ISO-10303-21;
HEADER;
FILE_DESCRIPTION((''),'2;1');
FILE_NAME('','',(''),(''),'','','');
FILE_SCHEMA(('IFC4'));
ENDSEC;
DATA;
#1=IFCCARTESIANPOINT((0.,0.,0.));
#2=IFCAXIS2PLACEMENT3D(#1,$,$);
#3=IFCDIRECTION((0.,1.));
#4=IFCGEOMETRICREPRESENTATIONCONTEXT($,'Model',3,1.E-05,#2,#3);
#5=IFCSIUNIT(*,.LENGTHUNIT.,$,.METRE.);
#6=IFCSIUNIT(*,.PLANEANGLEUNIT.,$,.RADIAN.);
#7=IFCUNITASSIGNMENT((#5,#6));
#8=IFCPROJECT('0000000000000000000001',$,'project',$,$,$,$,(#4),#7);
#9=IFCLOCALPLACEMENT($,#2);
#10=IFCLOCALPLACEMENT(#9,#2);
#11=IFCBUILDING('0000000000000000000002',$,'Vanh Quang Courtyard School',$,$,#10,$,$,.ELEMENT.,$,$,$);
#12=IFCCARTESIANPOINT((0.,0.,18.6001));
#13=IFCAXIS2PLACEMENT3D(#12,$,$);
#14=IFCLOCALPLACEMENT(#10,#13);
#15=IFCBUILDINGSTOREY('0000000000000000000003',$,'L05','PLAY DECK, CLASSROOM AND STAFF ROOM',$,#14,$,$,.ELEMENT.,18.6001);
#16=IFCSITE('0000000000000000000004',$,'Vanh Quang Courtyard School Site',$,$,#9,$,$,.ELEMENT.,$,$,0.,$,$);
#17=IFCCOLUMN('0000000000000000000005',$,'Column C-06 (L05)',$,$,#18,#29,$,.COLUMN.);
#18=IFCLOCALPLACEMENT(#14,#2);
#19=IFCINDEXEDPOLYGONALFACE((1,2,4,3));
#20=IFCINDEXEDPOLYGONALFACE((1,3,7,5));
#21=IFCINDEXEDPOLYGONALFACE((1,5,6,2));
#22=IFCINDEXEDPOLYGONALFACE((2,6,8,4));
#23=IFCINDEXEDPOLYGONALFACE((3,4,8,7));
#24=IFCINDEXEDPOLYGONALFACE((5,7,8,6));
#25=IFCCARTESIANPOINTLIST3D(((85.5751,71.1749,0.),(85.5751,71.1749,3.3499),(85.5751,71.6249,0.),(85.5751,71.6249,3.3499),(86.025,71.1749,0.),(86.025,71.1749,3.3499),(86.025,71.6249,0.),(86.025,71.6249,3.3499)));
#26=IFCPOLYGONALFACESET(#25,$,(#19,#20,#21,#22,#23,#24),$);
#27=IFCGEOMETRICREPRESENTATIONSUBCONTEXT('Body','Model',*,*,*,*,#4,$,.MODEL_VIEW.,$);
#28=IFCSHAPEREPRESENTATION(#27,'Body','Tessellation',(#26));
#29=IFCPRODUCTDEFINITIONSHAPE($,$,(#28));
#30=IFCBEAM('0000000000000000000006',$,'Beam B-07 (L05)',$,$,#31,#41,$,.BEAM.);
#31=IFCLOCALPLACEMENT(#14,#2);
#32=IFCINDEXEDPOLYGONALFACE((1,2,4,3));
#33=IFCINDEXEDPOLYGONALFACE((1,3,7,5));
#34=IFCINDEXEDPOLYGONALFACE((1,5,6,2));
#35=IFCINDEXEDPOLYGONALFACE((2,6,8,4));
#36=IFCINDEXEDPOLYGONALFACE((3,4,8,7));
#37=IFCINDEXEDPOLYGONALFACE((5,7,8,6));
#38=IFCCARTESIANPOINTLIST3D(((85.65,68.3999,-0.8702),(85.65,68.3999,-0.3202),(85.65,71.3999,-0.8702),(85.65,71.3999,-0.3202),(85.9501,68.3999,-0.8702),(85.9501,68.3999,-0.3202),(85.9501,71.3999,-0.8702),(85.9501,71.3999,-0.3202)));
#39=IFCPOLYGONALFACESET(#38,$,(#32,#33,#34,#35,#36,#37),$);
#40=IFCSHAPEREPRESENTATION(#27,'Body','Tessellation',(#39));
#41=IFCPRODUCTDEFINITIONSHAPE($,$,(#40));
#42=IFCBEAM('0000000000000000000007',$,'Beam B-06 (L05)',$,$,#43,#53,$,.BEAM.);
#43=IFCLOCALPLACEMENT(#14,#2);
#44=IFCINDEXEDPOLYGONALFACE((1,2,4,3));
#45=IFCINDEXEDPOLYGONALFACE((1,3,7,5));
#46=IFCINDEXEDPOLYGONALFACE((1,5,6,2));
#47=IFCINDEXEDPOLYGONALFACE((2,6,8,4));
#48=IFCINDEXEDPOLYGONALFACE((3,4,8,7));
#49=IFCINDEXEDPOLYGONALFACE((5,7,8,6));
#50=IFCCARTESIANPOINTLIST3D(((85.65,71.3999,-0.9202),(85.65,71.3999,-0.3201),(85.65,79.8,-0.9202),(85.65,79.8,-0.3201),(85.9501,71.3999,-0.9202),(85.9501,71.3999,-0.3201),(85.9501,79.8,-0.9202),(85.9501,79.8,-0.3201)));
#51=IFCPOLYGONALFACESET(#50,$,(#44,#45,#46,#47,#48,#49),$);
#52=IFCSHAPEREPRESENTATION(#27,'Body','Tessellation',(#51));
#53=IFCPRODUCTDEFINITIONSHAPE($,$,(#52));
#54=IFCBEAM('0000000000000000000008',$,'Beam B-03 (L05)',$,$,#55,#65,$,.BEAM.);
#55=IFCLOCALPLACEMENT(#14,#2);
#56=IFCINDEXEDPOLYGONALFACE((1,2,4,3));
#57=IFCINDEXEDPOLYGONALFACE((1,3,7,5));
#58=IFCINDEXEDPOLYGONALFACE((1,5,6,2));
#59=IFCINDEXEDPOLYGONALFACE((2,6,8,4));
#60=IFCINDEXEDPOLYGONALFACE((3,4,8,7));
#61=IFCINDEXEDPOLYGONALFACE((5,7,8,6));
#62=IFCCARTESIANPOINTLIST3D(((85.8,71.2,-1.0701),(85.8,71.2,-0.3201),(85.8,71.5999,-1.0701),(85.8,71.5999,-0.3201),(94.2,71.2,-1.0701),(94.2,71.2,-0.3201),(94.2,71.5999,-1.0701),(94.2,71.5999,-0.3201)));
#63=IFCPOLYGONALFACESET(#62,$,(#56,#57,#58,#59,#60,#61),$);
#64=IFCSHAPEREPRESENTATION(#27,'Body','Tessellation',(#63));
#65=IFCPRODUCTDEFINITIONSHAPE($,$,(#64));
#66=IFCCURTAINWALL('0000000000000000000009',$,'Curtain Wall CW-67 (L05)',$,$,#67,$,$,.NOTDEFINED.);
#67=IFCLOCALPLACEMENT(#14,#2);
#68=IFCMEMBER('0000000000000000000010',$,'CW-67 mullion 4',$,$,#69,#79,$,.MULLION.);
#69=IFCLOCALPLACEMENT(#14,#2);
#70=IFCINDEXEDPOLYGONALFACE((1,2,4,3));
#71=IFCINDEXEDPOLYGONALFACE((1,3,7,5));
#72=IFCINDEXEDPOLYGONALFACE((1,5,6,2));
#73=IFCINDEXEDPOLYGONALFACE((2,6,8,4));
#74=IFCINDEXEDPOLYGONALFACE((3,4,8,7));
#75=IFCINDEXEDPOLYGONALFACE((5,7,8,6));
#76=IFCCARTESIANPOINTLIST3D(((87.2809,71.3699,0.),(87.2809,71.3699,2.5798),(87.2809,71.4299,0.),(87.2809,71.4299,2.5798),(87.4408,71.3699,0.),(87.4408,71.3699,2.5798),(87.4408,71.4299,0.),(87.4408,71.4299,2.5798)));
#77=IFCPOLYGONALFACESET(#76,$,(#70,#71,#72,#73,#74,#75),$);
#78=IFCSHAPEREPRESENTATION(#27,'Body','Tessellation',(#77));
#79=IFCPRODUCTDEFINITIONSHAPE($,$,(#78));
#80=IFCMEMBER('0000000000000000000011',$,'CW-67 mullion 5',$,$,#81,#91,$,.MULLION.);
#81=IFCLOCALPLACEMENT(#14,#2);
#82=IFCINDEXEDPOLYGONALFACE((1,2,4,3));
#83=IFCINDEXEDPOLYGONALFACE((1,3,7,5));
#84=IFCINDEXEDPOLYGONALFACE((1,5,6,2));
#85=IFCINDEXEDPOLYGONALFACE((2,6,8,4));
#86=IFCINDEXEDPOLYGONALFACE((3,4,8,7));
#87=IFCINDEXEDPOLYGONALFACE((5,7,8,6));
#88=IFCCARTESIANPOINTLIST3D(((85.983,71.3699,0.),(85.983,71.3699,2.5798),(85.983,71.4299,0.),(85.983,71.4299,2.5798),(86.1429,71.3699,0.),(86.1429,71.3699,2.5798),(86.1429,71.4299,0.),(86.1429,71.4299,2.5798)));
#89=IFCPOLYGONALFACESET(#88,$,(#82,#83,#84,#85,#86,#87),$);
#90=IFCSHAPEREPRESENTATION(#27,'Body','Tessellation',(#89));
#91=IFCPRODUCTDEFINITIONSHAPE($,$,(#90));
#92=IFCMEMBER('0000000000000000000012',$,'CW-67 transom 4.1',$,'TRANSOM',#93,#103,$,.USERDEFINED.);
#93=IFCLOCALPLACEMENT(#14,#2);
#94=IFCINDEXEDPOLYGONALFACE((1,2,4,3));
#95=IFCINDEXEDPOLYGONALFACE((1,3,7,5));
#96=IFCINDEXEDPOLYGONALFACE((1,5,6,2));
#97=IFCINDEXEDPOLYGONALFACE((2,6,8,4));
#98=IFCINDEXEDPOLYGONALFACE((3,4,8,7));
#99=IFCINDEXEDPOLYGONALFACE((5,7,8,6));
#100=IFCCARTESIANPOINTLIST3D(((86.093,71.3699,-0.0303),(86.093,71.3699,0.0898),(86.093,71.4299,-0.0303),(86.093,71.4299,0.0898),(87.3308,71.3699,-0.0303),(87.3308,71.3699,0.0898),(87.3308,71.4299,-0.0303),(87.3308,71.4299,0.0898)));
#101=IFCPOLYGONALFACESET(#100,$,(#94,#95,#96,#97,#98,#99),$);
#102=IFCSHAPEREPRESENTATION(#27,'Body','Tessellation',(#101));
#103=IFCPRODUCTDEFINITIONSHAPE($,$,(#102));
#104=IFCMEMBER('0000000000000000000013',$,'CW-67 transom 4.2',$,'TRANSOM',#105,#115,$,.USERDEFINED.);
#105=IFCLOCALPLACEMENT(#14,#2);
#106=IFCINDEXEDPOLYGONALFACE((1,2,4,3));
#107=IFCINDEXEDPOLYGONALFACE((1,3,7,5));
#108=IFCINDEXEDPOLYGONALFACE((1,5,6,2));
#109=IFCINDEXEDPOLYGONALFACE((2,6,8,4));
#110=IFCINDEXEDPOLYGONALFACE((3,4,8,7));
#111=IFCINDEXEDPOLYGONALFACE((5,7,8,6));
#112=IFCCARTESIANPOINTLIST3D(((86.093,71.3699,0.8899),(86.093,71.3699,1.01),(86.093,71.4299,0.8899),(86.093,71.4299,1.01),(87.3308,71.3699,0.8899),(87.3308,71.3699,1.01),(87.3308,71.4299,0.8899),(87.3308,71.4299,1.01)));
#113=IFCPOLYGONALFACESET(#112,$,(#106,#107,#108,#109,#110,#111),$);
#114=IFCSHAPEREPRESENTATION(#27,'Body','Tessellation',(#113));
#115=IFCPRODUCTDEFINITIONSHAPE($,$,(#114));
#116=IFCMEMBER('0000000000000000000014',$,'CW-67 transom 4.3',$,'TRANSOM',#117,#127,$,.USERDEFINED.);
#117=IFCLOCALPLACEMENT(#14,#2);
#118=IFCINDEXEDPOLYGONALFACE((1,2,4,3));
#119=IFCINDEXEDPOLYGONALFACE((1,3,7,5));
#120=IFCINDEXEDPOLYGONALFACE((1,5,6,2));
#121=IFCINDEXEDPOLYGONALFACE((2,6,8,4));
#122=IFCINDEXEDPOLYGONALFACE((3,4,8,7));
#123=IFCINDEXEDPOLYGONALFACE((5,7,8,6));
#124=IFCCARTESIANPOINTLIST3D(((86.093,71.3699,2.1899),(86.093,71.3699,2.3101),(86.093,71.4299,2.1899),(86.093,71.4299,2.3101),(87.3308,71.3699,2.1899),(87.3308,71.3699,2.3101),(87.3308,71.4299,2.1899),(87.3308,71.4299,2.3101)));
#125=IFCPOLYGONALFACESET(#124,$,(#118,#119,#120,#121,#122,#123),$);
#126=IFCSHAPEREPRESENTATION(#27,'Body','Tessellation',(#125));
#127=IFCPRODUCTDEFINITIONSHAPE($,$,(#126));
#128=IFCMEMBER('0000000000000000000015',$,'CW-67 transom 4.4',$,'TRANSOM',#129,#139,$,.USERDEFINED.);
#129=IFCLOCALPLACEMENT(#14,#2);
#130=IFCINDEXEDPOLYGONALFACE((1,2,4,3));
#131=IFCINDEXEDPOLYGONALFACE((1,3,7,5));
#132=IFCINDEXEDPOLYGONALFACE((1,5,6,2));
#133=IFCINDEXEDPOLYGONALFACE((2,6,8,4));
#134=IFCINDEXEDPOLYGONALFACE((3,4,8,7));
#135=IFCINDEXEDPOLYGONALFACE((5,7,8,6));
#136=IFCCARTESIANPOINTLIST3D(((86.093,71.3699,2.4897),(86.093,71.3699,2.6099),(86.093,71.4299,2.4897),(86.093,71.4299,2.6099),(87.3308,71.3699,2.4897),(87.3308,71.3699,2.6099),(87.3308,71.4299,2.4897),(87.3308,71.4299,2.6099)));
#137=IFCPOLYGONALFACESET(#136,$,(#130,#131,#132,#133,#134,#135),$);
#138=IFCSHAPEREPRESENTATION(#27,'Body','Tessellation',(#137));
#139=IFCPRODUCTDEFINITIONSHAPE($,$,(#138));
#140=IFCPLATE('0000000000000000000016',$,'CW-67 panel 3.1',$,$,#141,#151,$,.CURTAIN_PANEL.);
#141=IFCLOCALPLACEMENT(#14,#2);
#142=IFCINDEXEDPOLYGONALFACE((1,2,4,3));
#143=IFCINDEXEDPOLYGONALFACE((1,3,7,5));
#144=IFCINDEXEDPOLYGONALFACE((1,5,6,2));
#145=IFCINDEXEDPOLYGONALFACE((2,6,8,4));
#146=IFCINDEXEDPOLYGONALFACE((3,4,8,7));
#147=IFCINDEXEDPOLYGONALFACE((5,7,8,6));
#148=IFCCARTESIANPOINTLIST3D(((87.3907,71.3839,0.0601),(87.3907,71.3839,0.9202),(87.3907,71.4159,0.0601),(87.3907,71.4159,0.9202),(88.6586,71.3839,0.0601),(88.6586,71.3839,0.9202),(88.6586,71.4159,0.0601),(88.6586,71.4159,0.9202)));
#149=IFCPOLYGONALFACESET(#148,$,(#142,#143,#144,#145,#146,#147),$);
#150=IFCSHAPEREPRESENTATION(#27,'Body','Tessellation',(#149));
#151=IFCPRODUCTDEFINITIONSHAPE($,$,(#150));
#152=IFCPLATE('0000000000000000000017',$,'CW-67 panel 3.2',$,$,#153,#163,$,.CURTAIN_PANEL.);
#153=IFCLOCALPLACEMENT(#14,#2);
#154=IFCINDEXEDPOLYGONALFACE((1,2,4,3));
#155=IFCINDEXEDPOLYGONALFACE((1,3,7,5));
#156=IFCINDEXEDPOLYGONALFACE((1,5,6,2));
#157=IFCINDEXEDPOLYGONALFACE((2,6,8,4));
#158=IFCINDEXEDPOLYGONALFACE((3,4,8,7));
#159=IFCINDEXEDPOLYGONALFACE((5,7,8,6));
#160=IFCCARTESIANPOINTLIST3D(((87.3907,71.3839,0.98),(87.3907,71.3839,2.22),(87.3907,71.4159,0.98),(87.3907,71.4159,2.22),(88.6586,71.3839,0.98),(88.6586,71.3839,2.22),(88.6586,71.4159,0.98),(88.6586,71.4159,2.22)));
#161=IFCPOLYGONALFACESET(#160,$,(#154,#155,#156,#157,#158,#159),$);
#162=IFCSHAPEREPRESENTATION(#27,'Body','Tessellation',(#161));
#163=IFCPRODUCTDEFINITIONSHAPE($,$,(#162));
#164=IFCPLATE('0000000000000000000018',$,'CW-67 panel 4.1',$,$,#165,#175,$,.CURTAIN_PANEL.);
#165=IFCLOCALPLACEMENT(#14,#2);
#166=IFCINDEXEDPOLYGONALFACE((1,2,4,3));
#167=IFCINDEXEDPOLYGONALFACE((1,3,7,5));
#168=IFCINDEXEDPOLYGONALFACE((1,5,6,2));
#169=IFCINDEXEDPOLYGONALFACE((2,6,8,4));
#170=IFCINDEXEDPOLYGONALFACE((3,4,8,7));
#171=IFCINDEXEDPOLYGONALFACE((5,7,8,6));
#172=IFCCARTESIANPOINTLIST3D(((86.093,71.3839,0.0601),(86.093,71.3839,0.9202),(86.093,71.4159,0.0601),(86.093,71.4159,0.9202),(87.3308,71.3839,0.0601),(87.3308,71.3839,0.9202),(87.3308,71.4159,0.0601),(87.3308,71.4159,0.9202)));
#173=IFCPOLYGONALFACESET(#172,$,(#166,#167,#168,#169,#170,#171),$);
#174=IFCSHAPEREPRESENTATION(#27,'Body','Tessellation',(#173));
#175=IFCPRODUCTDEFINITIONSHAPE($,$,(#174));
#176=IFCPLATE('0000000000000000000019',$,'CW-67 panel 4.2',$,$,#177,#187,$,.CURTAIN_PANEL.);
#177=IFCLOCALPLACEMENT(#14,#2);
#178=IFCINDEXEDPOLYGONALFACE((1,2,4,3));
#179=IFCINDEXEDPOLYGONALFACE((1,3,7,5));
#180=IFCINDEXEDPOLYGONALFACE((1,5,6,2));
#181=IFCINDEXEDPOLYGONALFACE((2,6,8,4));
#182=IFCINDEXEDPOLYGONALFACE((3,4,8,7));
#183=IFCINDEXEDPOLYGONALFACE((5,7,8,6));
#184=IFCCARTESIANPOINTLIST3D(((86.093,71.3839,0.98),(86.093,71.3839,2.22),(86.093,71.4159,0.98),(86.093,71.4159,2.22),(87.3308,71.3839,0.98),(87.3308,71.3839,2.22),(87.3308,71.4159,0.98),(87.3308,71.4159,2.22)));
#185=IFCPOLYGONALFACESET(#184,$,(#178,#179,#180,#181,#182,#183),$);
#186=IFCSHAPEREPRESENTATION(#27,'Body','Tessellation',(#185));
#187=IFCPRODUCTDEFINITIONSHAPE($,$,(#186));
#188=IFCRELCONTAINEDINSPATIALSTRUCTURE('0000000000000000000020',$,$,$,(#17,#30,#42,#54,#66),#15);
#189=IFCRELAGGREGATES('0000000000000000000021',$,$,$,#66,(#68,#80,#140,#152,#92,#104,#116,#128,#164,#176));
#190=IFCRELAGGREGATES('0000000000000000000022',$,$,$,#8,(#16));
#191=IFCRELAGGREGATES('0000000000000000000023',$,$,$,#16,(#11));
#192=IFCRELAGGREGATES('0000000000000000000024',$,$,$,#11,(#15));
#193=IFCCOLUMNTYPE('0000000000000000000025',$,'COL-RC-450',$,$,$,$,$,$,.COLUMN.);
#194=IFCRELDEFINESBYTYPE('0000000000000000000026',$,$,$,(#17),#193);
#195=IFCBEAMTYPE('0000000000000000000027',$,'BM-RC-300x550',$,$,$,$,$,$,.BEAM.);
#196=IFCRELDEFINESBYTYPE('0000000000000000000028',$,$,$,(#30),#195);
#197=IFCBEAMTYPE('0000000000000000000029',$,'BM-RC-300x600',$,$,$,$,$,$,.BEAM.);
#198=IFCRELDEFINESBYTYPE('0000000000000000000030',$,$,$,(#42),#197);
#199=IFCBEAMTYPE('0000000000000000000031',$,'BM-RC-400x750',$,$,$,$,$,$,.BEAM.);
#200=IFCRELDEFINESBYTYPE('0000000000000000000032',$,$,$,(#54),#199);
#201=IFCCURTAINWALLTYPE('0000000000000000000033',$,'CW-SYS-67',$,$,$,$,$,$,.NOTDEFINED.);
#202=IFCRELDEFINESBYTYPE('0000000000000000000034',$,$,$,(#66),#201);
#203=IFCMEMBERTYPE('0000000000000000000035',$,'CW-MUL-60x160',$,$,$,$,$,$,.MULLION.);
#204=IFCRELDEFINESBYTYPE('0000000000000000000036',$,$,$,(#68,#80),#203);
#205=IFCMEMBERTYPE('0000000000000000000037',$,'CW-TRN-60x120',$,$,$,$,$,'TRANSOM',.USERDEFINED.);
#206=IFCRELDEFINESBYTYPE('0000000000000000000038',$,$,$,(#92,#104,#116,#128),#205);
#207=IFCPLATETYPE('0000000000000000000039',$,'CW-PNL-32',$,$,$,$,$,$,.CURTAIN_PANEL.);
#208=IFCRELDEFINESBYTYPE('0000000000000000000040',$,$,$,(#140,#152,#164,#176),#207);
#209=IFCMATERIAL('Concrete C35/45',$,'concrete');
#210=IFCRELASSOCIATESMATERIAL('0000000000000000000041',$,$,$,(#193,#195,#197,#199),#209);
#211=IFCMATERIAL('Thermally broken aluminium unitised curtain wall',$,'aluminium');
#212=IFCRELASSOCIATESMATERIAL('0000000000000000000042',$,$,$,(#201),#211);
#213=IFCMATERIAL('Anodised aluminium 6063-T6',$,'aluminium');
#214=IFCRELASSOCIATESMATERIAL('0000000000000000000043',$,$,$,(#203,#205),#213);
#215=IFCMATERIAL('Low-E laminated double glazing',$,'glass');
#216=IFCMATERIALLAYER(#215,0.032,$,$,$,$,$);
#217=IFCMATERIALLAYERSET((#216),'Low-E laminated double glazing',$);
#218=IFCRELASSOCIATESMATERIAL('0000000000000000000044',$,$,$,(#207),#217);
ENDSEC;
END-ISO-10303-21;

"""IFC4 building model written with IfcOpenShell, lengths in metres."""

from ifc_helpers import new_model, si_unit, direction, frame, origin, origin_2d, place, context, subcontext, project, spatial, rectangle, extrude, material, layer, layer_set, material_profile, profile_set, type_object, element, aggregate, save


model = new_model("IFC4")

# Units and contexts
model_context = context("Model", 3, precision=1e-05, world=origin(), true_north=direction((0.0, 1.0)))
body_context = subcontext(model_context, "Body", "Model", "MODEL_VIEW")
ifc_project = project(units=[si_unit("LENGTHUNIT", "METRE"), si_unit("PLANEANGLEUNIT", "RADIAN")], contexts=[model_context])

# Site, building, storey
site_placement = place(None, origin())
site = spatial("IfcSite", under=ifc_project, at=site_placement, Name="Vanh Quang Courtyard School Site", CompositionType="ELEMENT", RefElevation=0.0)
building_placement = place(site_placement, origin())
building = spatial("IfcBuilding", under=site, at=building_placement, Name="Vanh Quang Courtyard School", CompositionType="ELEMENT")
storey_placement = place(building_placement, frame((0.0, 0.0, 18.6001)))
storey = spatial("IfcBuildingStorey", under=building, at=storey_placement, Name="L05", Description="PLAY DECK, CLASSROOM AND STAFF ROOM", CompositionType="ELEMENT", Elevation=18.6001)

# Column
ifc_material_1 = material(Name="Concrete C35/45", Category="concrete")
ifc_material_profile_1 = material_profile(ifc_material_1, rectangle(XDim=0.45, YDim=0.45, at=origin_2d()), Name="RC-COL 450x450")
ifc_profile_set_1 = profile_set([ifc_material_profile_1], Name="Concrete C35/45")
column_type = type_object("IfcColumnType", Name="COL-RC-450", PredefinedType="COLUMN", material=ifc_profile_set_1)
column_placement = place(storey_placement, frame((85.8, 71.3999, 0.0), z_axis=(0.0, 0.0, 1.0), x_axis=(1.0, 0.0, 0.0)))
element("IfcColumn", 1, at=column_placement, inside=storey, type_object=column_type, Name="Column C-06 (L05)", PredefinedType="COLUMN", context=body_context, shape_type="SweptSolid", body=[
    extrude(rectangle(XDim=0.45, YDim=0.45, at=origin_2d()), origin(), (0.0, 0.0, 1.0), 3.3499),
])

# Beams
ifc_material_profile_2 = material_profile(ifc_material_1, rectangle(XDim=0.3, YDim=0.55, at=origin_2d()), Name="RC-BM 300x550")
ifc_profile_set_2 = profile_set([ifc_material_profile_2], Name="Concrete C35/45")
beam_type_1 = type_object("IfcBeamType", Name="BM-RC-300x550", PredefinedType="BEAM", material=ifc_profile_set_2)
beam_1_placement = place(storey_placement, frame((85.8, 68.3999, -0.5952), z_axis=(0.0, 1.0, 0.0), x_axis=(-1.0, 0.0, 0.0)))
element("IfcBeam", 2, at=beam_1_placement, inside=storey, type_object=beam_type_1, Name="Beam B-07 (L05)", PredefinedType="BEAM", context=body_context, shape_type="SweptSolid", body=[
    extrude(rectangle(XDim=0.3, YDim=0.55, at=origin_2d()), origin(), (0.0, 0.0, 1.0), 3.0),
])
ifc_material_profile_3 = material_profile(ifc_material_1, rectangle(XDim=0.3, YDim=0.6001, at=origin_2d()), Name="RC-BM 300x600")
ifc_profile_set_3 = profile_set([ifc_material_profile_3], Name="Concrete C35/45")
beam_type_2 = type_object("IfcBeamType", Name="BM-RC-300x600", PredefinedType="BEAM", material=ifc_profile_set_3)
beam_2_placement = place(storey_placement, frame((85.8, 71.3999, -0.6201), z_axis=(0.0, 1.0, 0.0), x_axis=(-1.0, 0.0, 0.0)))
element("IfcBeam", 3, at=beam_2_placement, inside=storey, type_object=beam_type_2, Name="Beam B-06 (L05)", PredefinedType="BEAM", context=body_context, shape_type="SweptSolid", body=[
    extrude(rectangle(XDim=0.3, YDim=0.6001, at=origin_2d()), origin(), (0.0, 0.0, 1.0), 8.4001),
])
ifc_material_profile_4 = material_profile(ifc_material_1, rectangle(XDim=0.3999, YDim=0.75, at=origin_2d()), Name="RC-BM 400x750")
ifc_profile_set_4 = profile_set([ifc_material_profile_4], Name="Concrete C35/45")
beam_type_3 = type_object("IfcBeamType", Name="BM-RC-400x750", PredefinedType="BEAM", material=ifc_profile_set_4)
beam_3_placement = place(storey_placement, frame((85.8, 71.3999, -0.6951), z_axis=(1.0, 0.0, 0.0), x_axis=(0.0, 1.0, 0.0)))
element("IfcBeam", 4, at=beam_3_placement, inside=storey, type_object=beam_type_3, Name="Beam B-03 (L05)", PredefinedType="BEAM", context=body_context, shape_type="SweptSolid", body=[
    extrude(rectangle(XDim=0.3999, YDim=0.75, at=origin_2d()), origin(), (0.0, 0.0, 1.0), 8.3999),
])

# Curtain wall, members, plates
ifc_material_2 = material(Name="Thermally broken aluminium unitised curtain wall", Category="aluminium")
curtain_wall_type = type_object("IfcCurtainWallType", Name="CW-SYS-67", PredefinedType="NOTDEFINED", material=ifc_material_2)
curtain_wall_placement = place(storey_placement, origin())
curtain_wall = element("IfcCurtainWall", 5, at=curtain_wall_placement, inside=storey, type_object=curtain_wall_type, Name="Curtain Wall CW-67 (L05)", PredefinedType="NOTDEFINED")
ifc_material_3 = material(Name="Anodised aluminium 6063-T6", Category="aluminium")
ifc_material_profile_5 = material_profile(ifc_material_3, rectangle(XDim=0.0601, YDim=0.1599, at=origin_2d()), Name="ALU-MUL 60x160")
ifc_profile_set_5 = profile_set([ifc_material_profile_5], Name="Anodised aluminium 6063-T6")
member_type_1 = type_object("IfcMemberType", Name="CW-MUL-60x160", PredefinedType="MULLION", material=ifc_profile_set_5)
member_1_placement = place(storey_placement, frame((87.3608, 71.3999, 0.0), z_axis=(0.0, 0.0, 1.0), x_axis=(0.0, -1.0, 0.0)))
member_1 = element("IfcMember", 6, at=member_1_placement, type_object=member_type_1, Name="CW-67 mullion 4", PredefinedType="MULLION", context=body_context, shape_type="SweptSolid", body=[
    extrude(rectangle(XDim=0.0601, YDim=0.1599, at=origin_2d()), origin(), (0.0, 0.0, 1.0), 2.5798),
])
member_2_placement = place(storey_placement, frame((86.063, 71.3999, 0.0), z_axis=(0.0, 0.0, 1.0), x_axis=(0.0, -1.0, 0.0)))
member_2 = element("IfcMember", 7, at=member_2_placement, type_object=member_type_1, Name="CW-67 mullion 5", PredefinedType="MULLION", context=body_context, shape_type="SweptSolid", body=[
    extrude(rectangle(XDim=0.0601, YDim=0.1599, at=origin_2d()), origin(), (0.0, 0.0, 1.0), 2.5798),
])
ifc_material_profile_6 = material_profile(ifc_material_3, rectangle(XDim=0.0601, YDim=0.1201, at=origin_2d()), Name="ALU-TRN 60x120")
ifc_profile_set_6 = profile_set([ifc_material_profile_6], Name="Anodised aluminium 6063-T6")
member_type_2 = type_object("IfcMemberType", Name="CW-TRN-60x120", ElementType="TRANSOM", PredefinedType="USERDEFINED", material=ifc_profile_set_6)
member_3_placement = place(storey_placement, frame((87.3308, 71.3999, 0.0298), z_axis=(-1.0, 0.0, 0.0), x_axis=(0.0, -1.0, 0.0)))
member_3 = element("IfcMember", 8, at=member_3_placement, type_object=member_type_2, Name="CW-67 transom 4.1", ObjectType="TRANSOM", PredefinedType="USERDEFINED", context=body_context, shape_type="SweptSolid", body=[
    extrude(rectangle(XDim=0.0601, YDim=0.1201, at=origin_2d()), origin(), (0.0, 0.0, 1.0), 1.2378),
])
member_4_placement = place(storey_placement, frame((87.3308, 71.3999, 0.95), z_axis=(-1.0, 0.0, 0.0), x_axis=(0.0, -1.0, 0.0)))
member_4 = element("IfcMember", 9, at=member_4_placement, type_object=member_type_2, Name="CW-67 transom 4.2", ObjectType="TRANSOM", PredefinedType="USERDEFINED", context=body_context, shape_type="SweptSolid", body=[
    extrude(rectangle(XDim=0.0601, YDim=0.1201, at=origin_2d()), origin(), (0.0, 0.0, 1.0), 1.2378),
])
member_5_placement = place(storey_placement, frame((87.3308, 71.3999, 2.25), z_axis=(-1.0, 0.0, 0.0), x_axis=(0.0, -1.0, 0.0)))
member_5 = element("IfcMember", 10, at=member_5_placement, type_object=member_type_2, Name="CW-67 transom 4.3", ObjectType="TRANSOM", PredefinedType="USERDEFINED", context=body_context, shape_type="SweptSolid", body=[
    extrude(rectangle(XDim=0.0601, YDim=0.1201, at=origin_2d()), origin(), (0.0, 0.0, 1.0), 1.2378),
])
member_6_placement = place(storey_placement, frame((87.3308, 71.3999, 2.5498), z_axis=(-1.0, 0.0, 0.0), x_axis=(0.0, -1.0, 0.0)))
member_6 = element("IfcMember", 11, at=member_6_placement, type_object=member_type_2, Name="CW-67 transom 4.4", ObjectType="TRANSOM", PredefinedType="USERDEFINED", context=body_context, shape_type="SweptSolid", body=[
    extrude(rectangle(XDim=0.0601, YDim=0.1201, at=origin_2d()), origin(), (0.0, 0.0, 1.0), 1.2378),
])
ifc_material_4 = material(Name="Low-E laminated double glazing", Category="glass")
ifc_layer_1 = layer(ifc_material_4, 0.032)
ifc_layer_set_1 = layer_set([ifc_layer_1], Name="Low-E laminated double glazing")
plate_type = type_object("IfcPlateType", Name="CW-PNL-32", PredefinedType="CURTAIN_PANEL", material=ifc_layer_set_1)
plate_1_placement = place(storey_placement, frame((88.0247, 71.3999, 0.0601), z_axis=(0.0, 0.0, 1.0), x_axis=(-1.0, 0.0, 0.0)))
plate_1 = element("IfcPlate", 12, at=plate_1_placement, type_object=plate_type, Name="CW-67 panel 3.1", PredefinedType="CURTAIN_PANEL", context=body_context, shape_type="SweptSolid", body=[
    extrude(rectangle(XDim=1.2678, YDim=0.032, at=origin_2d()), origin(), (0.0, 0.0, 1.0), 0.8601),
])
plate_2_placement = place(storey_placement, frame((88.0247, 71.3999, 0.98), z_axis=(0.0, 0.0, 1.0), x_axis=(-1.0, 0.0, 0.0)))
plate_2 = element("IfcPlate", 13, at=plate_2_placement, type_object=plate_type, Name="CW-67 panel 3.2", PredefinedType="CURTAIN_PANEL", context=body_context, shape_type="SweptSolid", body=[
    extrude(rectangle(XDim=1.2678, YDim=0.032, at=origin_2d()), origin(), (0.0, 0.0, 1.0), 1.24),
])
plate_3_placement = place(storey_placement, frame((86.7119, 71.3999, 0.0601), z_axis=(0.0, 0.0, 1.0), x_axis=(-1.0, 0.0, 0.0)))
plate_3 = element("IfcPlate", 14, at=plate_3_placement, type_object=plate_type, Name="CW-67 panel 4.1", PredefinedType="CURTAIN_PANEL", context=body_context, shape_type="SweptSolid", body=[
    extrude(rectangle(XDim=1.2378, YDim=0.032, at=origin_2d()), origin(), (0.0, 0.0, 1.0), 0.8601),
])
plate_4_placement = place(storey_placement, frame((86.7119, 71.3999, 0.98), z_axis=(0.0, 0.0, 1.0), x_axis=(-1.0, 0.0, 0.0)))
plate_4 = element("IfcPlate", 15, at=plate_4_placement, type_object=plate_type, Name="CW-67 panel 4.2", PredefinedType="CURTAIN_PANEL", context=body_context, shape_type="SweptSolid", body=[
    extrude(rectangle(XDim=1.2378, YDim=0.032, at=origin_2d()), origin(), (0.0, 0.0, 1.0), 1.24),
])
aggregate(curtain_wall, [member_1, member_2, plate_1, plate_2, member_3, member_4, member_5, member_6, plate_3, plate_4])

save(model, "model.ifc")
